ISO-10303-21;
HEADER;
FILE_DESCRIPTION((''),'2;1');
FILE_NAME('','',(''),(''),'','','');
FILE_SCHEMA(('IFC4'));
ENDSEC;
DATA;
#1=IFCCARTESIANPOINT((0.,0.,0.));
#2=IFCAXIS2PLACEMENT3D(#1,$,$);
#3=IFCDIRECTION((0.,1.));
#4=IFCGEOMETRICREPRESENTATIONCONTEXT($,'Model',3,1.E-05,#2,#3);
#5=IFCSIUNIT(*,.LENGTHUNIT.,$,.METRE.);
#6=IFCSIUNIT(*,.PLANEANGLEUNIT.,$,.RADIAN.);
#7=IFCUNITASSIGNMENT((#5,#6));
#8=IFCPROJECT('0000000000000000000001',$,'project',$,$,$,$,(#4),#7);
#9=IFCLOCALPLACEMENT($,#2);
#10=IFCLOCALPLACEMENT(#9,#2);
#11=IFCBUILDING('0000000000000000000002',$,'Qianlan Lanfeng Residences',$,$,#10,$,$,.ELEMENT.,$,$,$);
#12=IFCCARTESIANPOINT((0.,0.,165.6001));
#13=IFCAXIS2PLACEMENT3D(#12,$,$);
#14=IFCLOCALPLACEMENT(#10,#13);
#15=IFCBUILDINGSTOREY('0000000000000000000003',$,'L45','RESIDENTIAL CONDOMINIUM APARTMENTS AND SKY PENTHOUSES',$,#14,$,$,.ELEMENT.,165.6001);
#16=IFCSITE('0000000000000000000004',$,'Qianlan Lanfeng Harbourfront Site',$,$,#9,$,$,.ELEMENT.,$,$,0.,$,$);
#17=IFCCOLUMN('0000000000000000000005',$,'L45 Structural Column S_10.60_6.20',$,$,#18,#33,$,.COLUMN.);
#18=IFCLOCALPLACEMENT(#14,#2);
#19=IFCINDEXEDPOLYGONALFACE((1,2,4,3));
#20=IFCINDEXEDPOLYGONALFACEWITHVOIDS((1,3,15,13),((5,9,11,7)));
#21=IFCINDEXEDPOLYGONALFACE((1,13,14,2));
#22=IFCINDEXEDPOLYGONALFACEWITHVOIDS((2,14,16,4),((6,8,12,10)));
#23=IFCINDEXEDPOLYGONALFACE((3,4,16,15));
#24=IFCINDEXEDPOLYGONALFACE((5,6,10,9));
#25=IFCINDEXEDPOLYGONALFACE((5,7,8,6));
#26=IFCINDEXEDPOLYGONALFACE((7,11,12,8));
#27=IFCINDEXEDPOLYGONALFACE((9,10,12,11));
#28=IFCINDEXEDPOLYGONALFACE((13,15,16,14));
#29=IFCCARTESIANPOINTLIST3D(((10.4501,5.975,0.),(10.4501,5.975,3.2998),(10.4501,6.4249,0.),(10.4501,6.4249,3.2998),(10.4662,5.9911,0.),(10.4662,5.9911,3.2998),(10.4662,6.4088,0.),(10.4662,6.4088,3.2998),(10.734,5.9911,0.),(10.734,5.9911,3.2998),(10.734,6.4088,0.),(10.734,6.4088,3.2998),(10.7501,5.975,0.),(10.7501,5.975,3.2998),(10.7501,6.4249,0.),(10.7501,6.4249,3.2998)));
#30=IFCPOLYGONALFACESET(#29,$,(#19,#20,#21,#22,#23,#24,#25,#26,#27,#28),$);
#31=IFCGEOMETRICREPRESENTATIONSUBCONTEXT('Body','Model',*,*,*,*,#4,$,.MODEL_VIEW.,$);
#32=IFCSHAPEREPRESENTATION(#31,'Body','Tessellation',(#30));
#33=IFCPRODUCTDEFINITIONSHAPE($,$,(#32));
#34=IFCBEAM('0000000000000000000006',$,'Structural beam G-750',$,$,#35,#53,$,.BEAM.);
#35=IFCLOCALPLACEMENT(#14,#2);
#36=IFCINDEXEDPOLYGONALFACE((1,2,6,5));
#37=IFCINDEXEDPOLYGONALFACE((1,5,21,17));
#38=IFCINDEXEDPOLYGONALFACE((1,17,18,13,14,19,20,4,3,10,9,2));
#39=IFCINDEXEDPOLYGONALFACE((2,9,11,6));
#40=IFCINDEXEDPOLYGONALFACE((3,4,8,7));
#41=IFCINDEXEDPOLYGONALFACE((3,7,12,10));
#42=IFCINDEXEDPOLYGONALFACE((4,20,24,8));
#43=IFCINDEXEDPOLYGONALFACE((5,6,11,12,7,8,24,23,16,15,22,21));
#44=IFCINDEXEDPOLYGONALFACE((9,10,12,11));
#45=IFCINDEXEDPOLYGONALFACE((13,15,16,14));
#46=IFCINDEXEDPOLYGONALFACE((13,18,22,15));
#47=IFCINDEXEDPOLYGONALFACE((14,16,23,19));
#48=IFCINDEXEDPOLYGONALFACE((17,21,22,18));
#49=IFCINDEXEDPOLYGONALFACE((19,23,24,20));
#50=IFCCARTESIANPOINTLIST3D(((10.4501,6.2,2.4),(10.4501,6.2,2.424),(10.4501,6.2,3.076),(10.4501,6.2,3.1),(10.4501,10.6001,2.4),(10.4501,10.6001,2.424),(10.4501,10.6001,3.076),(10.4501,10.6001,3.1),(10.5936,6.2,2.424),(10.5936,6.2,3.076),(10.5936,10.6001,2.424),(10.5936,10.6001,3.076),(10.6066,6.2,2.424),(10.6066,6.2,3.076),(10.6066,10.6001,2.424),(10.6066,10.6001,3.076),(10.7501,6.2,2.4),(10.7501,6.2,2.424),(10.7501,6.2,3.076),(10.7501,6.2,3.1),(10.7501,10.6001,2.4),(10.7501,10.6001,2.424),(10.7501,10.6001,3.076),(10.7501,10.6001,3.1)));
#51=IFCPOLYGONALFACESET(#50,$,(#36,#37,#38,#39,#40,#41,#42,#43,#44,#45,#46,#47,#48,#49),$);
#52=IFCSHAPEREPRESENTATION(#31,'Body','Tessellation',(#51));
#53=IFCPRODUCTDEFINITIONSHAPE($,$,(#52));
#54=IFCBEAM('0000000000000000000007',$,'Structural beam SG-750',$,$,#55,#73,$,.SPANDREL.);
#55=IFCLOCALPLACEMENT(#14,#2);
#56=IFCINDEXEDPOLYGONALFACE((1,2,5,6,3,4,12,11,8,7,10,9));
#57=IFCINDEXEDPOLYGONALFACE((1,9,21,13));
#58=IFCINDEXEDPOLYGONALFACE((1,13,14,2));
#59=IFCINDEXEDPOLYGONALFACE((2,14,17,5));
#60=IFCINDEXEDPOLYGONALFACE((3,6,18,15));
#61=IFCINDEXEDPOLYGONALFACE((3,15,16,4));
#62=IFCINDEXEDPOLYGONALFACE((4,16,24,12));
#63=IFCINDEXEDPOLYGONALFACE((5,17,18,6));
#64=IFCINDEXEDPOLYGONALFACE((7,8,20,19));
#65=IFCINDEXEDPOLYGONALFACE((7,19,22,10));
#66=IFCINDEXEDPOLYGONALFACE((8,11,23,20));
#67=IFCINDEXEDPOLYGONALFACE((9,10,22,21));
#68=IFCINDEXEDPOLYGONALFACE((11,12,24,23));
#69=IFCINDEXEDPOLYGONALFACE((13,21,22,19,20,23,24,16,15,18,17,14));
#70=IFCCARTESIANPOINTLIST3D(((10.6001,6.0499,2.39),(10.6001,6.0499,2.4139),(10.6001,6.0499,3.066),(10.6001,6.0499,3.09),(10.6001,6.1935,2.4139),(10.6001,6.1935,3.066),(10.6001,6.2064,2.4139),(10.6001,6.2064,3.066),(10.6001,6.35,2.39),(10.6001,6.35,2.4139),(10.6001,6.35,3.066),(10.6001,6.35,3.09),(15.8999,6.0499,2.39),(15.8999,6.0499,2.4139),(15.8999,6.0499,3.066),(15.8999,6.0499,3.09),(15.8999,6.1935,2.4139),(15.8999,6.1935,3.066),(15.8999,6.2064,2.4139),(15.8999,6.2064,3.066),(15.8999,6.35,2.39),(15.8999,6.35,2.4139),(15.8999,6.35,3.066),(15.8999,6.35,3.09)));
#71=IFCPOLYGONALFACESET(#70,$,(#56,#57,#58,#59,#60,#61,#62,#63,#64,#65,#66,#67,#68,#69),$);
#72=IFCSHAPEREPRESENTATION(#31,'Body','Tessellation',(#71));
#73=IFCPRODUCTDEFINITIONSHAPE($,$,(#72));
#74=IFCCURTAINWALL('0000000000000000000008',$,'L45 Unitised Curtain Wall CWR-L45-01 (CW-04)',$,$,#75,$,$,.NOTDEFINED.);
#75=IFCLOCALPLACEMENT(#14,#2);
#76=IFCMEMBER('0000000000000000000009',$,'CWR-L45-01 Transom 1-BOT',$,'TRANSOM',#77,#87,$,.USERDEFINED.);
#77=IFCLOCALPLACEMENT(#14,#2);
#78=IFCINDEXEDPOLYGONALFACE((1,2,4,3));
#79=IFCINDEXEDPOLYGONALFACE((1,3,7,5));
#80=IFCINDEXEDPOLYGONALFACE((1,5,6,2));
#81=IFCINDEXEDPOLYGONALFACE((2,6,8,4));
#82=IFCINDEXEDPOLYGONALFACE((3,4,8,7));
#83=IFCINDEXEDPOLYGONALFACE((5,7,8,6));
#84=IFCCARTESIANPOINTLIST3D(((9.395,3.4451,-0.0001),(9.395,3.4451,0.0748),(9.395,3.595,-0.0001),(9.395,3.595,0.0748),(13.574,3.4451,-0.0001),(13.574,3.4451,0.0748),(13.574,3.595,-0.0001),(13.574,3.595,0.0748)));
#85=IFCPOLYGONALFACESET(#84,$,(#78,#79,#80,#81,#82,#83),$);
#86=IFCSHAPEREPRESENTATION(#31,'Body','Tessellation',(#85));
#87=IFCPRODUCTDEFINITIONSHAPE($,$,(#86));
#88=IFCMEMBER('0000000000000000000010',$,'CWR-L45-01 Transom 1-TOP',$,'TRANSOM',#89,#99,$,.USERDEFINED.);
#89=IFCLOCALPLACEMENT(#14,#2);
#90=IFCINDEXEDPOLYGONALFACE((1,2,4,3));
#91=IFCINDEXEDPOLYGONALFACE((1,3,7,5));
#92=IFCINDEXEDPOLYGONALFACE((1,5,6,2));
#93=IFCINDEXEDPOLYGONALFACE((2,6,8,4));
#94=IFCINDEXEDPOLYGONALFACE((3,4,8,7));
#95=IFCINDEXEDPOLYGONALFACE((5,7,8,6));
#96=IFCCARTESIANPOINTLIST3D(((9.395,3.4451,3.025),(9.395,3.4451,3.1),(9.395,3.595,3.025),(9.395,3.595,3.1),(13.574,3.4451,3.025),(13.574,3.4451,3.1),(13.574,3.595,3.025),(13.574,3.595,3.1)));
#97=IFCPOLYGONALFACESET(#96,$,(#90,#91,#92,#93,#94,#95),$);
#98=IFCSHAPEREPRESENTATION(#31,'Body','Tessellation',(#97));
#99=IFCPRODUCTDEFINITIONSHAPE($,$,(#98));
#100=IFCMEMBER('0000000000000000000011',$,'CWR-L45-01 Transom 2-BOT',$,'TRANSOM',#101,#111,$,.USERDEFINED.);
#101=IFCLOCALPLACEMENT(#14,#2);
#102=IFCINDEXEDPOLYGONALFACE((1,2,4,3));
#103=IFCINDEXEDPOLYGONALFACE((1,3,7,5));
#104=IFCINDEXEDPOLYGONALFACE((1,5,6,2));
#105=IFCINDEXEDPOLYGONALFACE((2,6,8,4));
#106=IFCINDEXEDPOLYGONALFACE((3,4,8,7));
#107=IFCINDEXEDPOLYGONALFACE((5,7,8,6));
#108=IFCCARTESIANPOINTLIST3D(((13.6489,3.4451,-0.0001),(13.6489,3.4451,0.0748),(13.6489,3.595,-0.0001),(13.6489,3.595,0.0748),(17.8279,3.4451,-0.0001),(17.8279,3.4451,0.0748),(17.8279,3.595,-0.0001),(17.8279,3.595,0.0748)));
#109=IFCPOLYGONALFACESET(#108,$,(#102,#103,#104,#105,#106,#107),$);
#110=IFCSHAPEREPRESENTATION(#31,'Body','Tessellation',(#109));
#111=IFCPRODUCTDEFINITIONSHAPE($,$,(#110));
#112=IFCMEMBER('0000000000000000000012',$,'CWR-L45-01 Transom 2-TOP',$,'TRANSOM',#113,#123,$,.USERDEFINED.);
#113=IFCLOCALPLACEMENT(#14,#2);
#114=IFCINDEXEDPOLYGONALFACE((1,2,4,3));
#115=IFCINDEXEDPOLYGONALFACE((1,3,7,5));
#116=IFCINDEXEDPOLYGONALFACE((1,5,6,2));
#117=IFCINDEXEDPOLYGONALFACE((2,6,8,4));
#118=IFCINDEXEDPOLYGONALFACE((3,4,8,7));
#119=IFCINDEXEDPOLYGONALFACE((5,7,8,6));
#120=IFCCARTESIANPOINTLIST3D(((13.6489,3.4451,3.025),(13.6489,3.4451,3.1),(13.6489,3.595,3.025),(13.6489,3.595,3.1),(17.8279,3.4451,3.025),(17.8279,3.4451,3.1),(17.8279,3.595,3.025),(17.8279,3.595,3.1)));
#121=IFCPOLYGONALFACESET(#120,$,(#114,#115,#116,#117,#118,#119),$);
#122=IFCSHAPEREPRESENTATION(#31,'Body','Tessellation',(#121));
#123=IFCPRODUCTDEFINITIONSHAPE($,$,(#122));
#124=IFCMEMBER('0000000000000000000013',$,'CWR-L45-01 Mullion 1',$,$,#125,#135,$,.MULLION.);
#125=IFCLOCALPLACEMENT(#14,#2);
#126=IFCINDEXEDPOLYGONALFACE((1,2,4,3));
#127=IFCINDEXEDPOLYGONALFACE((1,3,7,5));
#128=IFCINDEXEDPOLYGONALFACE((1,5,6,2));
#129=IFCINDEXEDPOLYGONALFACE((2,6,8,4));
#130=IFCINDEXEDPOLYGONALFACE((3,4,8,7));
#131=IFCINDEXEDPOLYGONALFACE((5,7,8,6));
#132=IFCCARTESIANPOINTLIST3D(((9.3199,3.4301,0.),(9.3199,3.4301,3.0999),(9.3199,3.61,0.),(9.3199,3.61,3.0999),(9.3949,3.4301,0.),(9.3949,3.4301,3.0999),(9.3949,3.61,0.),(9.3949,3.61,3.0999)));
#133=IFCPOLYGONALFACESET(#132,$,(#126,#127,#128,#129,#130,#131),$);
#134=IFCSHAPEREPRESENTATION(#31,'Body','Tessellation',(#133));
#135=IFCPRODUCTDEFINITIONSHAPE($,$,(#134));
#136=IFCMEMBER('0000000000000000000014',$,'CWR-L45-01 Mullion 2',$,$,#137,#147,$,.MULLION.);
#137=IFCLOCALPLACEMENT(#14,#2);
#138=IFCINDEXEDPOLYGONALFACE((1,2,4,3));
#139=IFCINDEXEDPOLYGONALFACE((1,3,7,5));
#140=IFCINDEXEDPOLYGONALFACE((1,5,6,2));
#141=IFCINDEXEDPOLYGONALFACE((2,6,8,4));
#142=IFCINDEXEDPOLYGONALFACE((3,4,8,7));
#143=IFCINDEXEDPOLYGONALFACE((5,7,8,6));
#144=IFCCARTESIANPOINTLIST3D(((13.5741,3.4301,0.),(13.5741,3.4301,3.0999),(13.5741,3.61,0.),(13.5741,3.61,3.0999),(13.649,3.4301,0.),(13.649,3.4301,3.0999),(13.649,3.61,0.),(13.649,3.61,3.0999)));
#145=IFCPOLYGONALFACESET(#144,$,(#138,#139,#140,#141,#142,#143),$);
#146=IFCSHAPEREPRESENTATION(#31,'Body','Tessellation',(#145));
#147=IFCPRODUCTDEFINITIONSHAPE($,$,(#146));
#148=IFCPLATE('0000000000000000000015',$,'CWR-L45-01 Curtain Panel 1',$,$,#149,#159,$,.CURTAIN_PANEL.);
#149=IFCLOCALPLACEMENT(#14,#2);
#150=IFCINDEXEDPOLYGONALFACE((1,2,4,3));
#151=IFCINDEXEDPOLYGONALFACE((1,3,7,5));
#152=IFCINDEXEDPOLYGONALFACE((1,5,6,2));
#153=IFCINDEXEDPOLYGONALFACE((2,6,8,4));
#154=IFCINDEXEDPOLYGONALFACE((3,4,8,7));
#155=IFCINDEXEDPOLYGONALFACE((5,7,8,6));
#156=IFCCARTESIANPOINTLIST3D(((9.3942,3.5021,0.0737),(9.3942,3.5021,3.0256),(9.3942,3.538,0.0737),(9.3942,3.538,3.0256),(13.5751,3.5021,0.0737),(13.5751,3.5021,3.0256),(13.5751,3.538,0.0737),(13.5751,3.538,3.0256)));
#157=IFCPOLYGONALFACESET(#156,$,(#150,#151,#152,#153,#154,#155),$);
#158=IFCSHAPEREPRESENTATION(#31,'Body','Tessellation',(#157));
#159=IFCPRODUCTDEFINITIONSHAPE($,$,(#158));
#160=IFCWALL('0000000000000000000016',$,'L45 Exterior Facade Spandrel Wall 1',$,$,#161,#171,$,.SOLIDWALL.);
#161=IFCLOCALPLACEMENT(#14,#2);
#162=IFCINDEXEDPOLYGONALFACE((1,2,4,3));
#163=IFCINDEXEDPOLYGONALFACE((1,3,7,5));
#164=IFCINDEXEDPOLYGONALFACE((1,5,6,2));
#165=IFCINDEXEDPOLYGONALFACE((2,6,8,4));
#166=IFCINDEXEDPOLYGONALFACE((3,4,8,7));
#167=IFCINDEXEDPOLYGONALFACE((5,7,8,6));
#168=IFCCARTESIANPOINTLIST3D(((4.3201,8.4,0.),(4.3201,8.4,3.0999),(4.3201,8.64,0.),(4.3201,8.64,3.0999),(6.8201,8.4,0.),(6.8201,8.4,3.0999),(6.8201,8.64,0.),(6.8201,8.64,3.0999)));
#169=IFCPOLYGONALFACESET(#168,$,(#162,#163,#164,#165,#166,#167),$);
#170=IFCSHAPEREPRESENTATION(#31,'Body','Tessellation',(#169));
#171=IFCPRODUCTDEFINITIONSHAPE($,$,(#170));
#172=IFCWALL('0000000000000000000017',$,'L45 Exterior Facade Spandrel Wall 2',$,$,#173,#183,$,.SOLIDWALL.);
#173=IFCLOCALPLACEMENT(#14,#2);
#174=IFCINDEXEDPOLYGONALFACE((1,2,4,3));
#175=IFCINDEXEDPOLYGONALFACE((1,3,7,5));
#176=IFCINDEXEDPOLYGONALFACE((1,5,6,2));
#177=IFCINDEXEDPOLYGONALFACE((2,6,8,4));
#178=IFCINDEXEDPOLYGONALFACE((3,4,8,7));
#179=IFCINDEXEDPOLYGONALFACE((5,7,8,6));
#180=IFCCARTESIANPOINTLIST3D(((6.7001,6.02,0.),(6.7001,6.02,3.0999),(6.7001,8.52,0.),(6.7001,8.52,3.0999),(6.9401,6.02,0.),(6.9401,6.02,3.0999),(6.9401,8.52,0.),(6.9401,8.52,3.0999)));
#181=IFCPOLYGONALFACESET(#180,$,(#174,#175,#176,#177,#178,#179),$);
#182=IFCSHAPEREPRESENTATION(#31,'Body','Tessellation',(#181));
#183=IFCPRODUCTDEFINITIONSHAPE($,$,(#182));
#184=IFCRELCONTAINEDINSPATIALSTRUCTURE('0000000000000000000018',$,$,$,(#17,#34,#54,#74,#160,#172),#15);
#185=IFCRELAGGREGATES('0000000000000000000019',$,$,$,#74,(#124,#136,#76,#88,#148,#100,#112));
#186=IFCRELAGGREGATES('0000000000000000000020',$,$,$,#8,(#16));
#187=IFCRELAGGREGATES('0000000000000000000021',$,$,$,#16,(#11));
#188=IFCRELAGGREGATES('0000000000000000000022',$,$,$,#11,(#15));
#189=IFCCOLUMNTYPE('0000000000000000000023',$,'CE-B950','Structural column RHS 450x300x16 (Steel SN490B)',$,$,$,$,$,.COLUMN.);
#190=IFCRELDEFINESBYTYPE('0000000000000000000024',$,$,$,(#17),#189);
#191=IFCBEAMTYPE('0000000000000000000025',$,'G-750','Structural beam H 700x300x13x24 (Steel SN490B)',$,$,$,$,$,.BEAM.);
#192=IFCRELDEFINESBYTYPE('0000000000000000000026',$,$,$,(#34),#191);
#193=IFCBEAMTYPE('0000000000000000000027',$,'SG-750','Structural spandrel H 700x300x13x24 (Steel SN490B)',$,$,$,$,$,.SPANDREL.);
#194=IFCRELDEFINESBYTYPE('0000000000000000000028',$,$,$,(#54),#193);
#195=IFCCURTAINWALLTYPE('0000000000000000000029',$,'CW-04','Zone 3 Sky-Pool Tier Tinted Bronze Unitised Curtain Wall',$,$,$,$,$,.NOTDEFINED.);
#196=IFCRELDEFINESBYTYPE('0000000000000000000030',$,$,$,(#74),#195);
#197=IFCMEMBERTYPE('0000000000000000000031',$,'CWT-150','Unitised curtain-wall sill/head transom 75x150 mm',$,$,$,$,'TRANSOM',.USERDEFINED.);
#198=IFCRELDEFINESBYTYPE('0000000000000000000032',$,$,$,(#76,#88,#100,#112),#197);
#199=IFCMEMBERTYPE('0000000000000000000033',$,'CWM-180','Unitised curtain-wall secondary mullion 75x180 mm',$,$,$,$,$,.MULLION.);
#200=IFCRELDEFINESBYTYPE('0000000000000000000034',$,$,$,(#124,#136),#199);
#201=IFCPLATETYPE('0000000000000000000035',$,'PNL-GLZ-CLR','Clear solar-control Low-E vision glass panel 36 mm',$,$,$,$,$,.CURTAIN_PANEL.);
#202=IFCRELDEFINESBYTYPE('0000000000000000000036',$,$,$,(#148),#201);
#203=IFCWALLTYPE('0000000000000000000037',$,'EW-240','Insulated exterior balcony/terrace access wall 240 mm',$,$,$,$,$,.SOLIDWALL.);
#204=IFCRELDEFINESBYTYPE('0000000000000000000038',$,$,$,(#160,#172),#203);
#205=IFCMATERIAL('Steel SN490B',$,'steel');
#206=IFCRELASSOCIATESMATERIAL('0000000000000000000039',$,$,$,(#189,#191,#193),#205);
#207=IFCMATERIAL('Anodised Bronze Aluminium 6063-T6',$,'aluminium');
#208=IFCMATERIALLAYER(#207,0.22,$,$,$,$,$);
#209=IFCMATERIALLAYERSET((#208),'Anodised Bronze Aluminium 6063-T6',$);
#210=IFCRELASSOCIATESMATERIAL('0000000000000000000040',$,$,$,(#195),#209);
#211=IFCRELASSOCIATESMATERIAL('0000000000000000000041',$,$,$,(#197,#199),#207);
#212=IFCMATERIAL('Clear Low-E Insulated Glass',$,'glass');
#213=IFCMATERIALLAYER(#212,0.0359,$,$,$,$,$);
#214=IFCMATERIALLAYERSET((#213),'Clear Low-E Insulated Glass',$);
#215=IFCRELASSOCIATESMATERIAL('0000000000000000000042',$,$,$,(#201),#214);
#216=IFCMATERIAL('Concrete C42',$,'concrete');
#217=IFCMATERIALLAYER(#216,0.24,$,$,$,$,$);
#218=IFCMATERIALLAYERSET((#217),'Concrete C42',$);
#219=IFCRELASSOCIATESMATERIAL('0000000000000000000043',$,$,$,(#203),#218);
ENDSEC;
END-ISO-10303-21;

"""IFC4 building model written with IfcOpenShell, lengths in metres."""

from ifc_helpers import new_model, si_unit, direction, frame, frame_2d, origin, origin_2d, place, context, subcontext, project, spatial, rectangle, hollow_rectangle, i_section, extrude, source, transform, mapped, material, layer, layer_set, material_profile, profile_set, type_object, element, aggregate, save


model = new_model("IFC4")

# Units and contexts
model_context = context("Model", 3, precision=1e-05, world=origin(), true_north=direction((0.0, 1.0)))
body_context = subcontext(model_context, "Body", "Model", "MODEL_VIEW")
ifc_project = project(units=[si_unit("LENGTHUNIT", "METRE"), si_unit("PLANEANGLEUNIT", "RADIAN")], contexts=[model_context])

# Site, building, storey
site_placement = place(None, origin())
site = spatial("IfcSite", under=ifc_project, at=site_placement, Name="Qianlan Lanfeng Harbourfront Site", CompositionType="ELEMENT", RefElevation=0.0)
building_placement = place(site_placement, origin())
building = spatial("IfcBuilding", under=site, at=building_placement, Name="Qianlan Lanfeng Residences", CompositionType="ELEMENT")
storey_placement = place(building_placement, frame((0.0, 0.0, 165.6001)))
storey = spatial("IfcBuildingStorey", under=building, at=storey_placement, Name="L45", Description="RESIDENTIAL CONDOMINIUM APARTMENTS AND SKY PENTHOUSES", CompositionType="ELEMENT", Elevation=165.6001)

# Column
ifc_material_1 = material(Name="Steel SN490B", Category="steel")
ifc_material_profile_1 = material_profile(ifc_material_1, hollow_rectangle(XDim=0.3, YDim=0.45, WallThickness=0.0161, at=origin_2d()), Name="RHS 450x300x16")
ifc_profile_set_1 = profile_set([ifc_material_profile_1], Name="Steel SN490B")
column_type = type_object("IfcColumnType", Name="CE-B950", Description="Structural column RHS 450x300x16 (Steel SN490B)", PredefinedType="COLUMN", material=ifc_profile_set_1)
column_placement = place(storey_placement, frame((10.6001, 6.2, 0.0), z_axis=(0.0, 0.0, 1.0), x_axis=(1.0, 0.0, 0.0)))
element("IfcColumn", 1, at=column_placement, inside=storey, type_object=column_type, Name="L45 Structural Column S_10.60_6.20", PredefinedType="COLUMN", context=body_context, shape_type="SweptSolid", body=[
    extrude(hollow_rectangle(XDim=0.3, YDim=0.45, WallThickness=0.0161, at=origin_2d()), origin(), (0.0, 0.0, 1.0), 3.2998),
])

# Beams
ifc_material_profile_2 = material_profile(ifc_material_1, i_section(OverallWidth=0.3, OverallDepth=0.7, WebThickness=0.0129, FlangeThickness=0.0239, at=origin_2d()), Name="H 700x300x13x24")
ifc_profile_set_2 = profile_set([ifc_material_profile_2], Name="Steel SN490B")
beam_type_1 = type_object("IfcBeamType", Name="G-750", Description="Structural beam H 700x300x13x24 (Steel SN490B)", PredefinedType="BEAM", material=ifc_profile_set_2)
beam_1_placement = place(storey_placement, frame((10.6001, 6.2, 2.75), z_axis=(0.0, 1.0, 0.0), x_axis=(-1.0, 0.0, 0.0)))
element("IfcBeam", 2, at=beam_1_placement, inside=storey, type_object=beam_type_1, Name="Structural beam G-750", PredefinedType="BEAM", context=body_context, shape_type="SweptSolid", body=[
    extrude(i_section(OverallWidth=0.3, OverallDepth=0.7, WebThickness=0.0129, FlangeThickness=0.0239, at=origin_2d()), origin(), (0.0, 0.0, 1.0), 4.4001),
])
ifc_material_profile_3 = material_profile(ifc_material_1, i_section(OverallWidth=0.3, OverallDepth=0.7, WebThickness=0.0129, FlangeThickness=0.0239, at=origin_2d()), Name="H 700x300x13x24")
ifc_profile_set_3 = profile_set([ifc_material_profile_3], Name="Steel SN490B")
beam_type_2 = type_object("IfcBeamType", Name="SG-750", Description="Structural spandrel H 700x300x13x24 (Steel SN490B)", PredefinedType="SPANDREL", material=ifc_profile_set_3)
beam_2_placement = place(storey_placement, frame((10.6001, 6.2, 2.74), z_axis=(1.0, 0.0, 0.0), x_axis=(0.0, 1.0, 0.0)))
element("IfcBeam", 3, at=beam_2_placement, inside=storey, type_object=beam_type_2, Name="Structural beam SG-750", PredefinedType="SPANDREL", context=body_context, shape_type="SweptSolid", body=[
    extrude(i_section(OverallWidth=0.3, OverallDepth=0.7, WebThickness=0.0129, FlangeThickness=0.0239, at=origin_2d()), origin(), (0.0, 0.0, 1.0), 5.2998),
])

# Curtain wall, members, plate
ifc_material_2 = material(Name="Anodised Bronze Aluminium 6063-T6", Category="aluminium")
ifc_layer_1 = layer(ifc_material_2, 0.22)
ifc_layer_set_1 = layer_set([ifc_layer_1], Name="Anodised Bronze Aluminium 6063-T6")
curtain_wall_type = type_object("IfcCurtainWallType", Name="CW-04", Description="Zone 3 Sky-Pool Tier Tinted Bronze Unitised Curtain Wall", PredefinedType="NOTDEFINED", material=ifc_layer_set_1)
curtain_wall_placement = place(storey_placement, origin())
curtain_wall = element("IfcCurtainWall", 4, at=curtain_wall_placement, inside=storey, type_object=curtain_wall_type, Name="L45 Unitised Curtain Wall CWR-L45-01 (CW-04)", PredefinedType="NOTDEFINED")
ifc_material_profile_4 = material_profile(ifc_material_2, rectangle(XDim=0.075, YDim=0.1499, at=origin_2d()), Name="ALU TRANSOM 75x150")
ifc_profile_set_4 = profile_set([ifc_material_profile_4], Name="Anodised Bronze Aluminium 6063-T6")
member_type_1 = type_object("IfcMemberType", Name="CWT-150", Description="Unitised curtain-wall sill/head transom 75x150 mm", ElementType="TRANSOM", PredefinedType="USERDEFINED", material=ifc_profile_set_4)
shared_shape_1 = source(origin(), body_context, "Body", "SweptSolid", [
    extrude(rectangle(XDim=0.075, YDim=0.1499, at=origin_2d()), origin(), (0.0, 0.0, 1.0), 4.179),
])
member_1_placement = place(storey_placement, frame((9.395, 3.52, 0.0374), z_axis=(1.0, 0.0, 0.0), x_axis=(0.0, 0.0, 1.0)))
member_1 = element("IfcMember", 5, at=member_1_placement, type_object=member_type_1, Name="CWR-L45-01 Transom 1-BOT", ObjectType="TRANSOM", PredefinedType="USERDEFINED", context=body_context, shape_type="MappedRepresentation", body=[
    mapped(shared_shape_1, transform((0.0, 0.0, 0.0), scale=1.0)),
])
member_2_placement = place(storey_placement, frame((9.395, 3.52, 3.0625), z_axis=(1.0, 0.0, 0.0), x_axis=(0.0, 0.0, 1.0)))
member_2 = element("IfcMember", 6, at=member_2_placement, type_object=member_type_1, Name="CWR-L45-01 Transom 1-TOP", ObjectType="TRANSOM", PredefinedType="USERDEFINED", context=body_context, shape_type="MappedRepresentation", body=[
    mapped(shared_shape_1, transform((0.0, 0.0, 0.0), scale=1.0)),
])
member_3_placement = place(storey_placement, frame((13.6489, 3.52, 0.0374), z_axis=(1.0, 0.0, 0.0), x_axis=(0.0, 0.0, 1.0)))
member_3 = element("IfcMember", 7, at=member_3_placement, type_object=member_type_1, Name="CWR-L45-01 Transom 2-BOT", ObjectType="TRANSOM", PredefinedType="USERDEFINED", context=body_context, shape_type="MappedRepresentation", body=[
    mapped(shared_shape_1, transform((0.0, 0.0, 0.0), scale=1.0)),
])
member_4_placement = place(storey_placement, frame((13.6489, 3.52, 3.0625), z_axis=(1.0, 0.0, 0.0), x_axis=(0.0, 0.0, 1.0)))
member_4 = element("IfcMember", 8, at=member_4_placement, type_object=member_type_1, Name="CWR-L45-01 Transom 2-TOP", ObjectType="TRANSOM", PredefinedType="USERDEFINED", context=body_context, shape_type="MappedRepresentation", body=[
    mapped(shared_shape_1, transform((0.0, 0.0, 0.0), scale=1.0)),
])
ifc_material_profile_5 = material_profile(ifc_material_2, rectangle(XDim=0.075, YDim=0.1799, at=origin_2d()), Name="ALU MULLION 75x180")
ifc_profile_set_5 = profile_set([ifc_material_profile_5], Name="Anodised Bronze Aluminium 6063-T6")
member_type_2 = type_object("IfcMemberType", Name="CWM-180", Description="Unitised curtain-wall secondary mullion 75x180 mm", PredefinedType="MULLION", material=ifc_profile_set_5)
shared_shape_2 = source(origin(), body_context, "Body", "SweptSolid", [
    extrude(rectangle(XDim=0.075, YDim=0.1799, at=origin_2d()), origin(), (0.0, 0.0, 1.0), 3.0999),
])
member_5_placement = place(storey_placement, frame((9.3574, 3.52, 0.0), z_axis=(0.0, 0.0, 1.0), x_axis=(1.0, 0.0, 0.0)))
member_5 = element("IfcMember", 9, at=member_5_placement, type_object=member_type_2, Name="CWR-L45-01 Mullion 1", PredefinedType="MULLION", context=body_context, shape_type="MappedRepresentation", body=[
    mapped(shared_shape_2, transform((0.0, 0.0, 0.0), scale=1.0)),
])
member_6_placement = place(storey_placement, frame((13.6116, 3.52, 0.0), z_axis=(0.0, 0.0, 1.0), x_axis=(1.0, 0.0, 0.0)))
member_6 = element("IfcMember", 10, at=member_6_placement, type_object=member_type_2, Name="CWR-L45-01 Mullion 2", PredefinedType="MULLION", context=body_context, shape_type="MappedRepresentation", body=[
    mapped(shared_shape_2, transform((0.0, 0.0, 0.0), scale=1.0)),
])
ifc_material_3 = material(Name="Clear Low-E Insulated Glass", Category="glass")
ifc_layer_2 = layer(ifc_material_3, 0.0359)
ifc_layer_set_2 = layer_set([ifc_layer_2], Name="Clear Low-E Insulated Glass")
plate_type = type_object("IfcPlateType", Name="PNL-GLZ-CLR", Description="Clear solar-control Low-E vision glass panel 36 mm", PredefinedType="CURTAIN_PANEL", material=ifc_layer_set_2)
shared_shape_3 = source(origin(), body_context, "Body", "SweptSolid", [
    extrude(rectangle(XDim=4.1809, YDim=0.0359, at=origin_2d()), origin(), (0.0, 0.0, 1.0), 2.9519),
])
plate_placement = place(storey_placement, frame((11.4846, 3.52, 0.0737), z_axis=(0.0, 0.0, 1.0), x_axis=(1.0, 0.0, 0.0)))
plate = element("IfcPlate", 11, at=plate_placement, type_object=plate_type, Name="CWR-L45-01 Curtain Panel 1", PredefinedType="CURTAIN_PANEL", context=body_context, shape_type="MappedRepresentation", body=[
    mapped(shared_shape_3, transform((0.0, 0.0, 0.0), scale=1.0)),
])
aggregate(curtain_wall, [member_5, member_6, member_1, member_2, plate, member_3, member_4])

# Walls
ifc_material_4 = material(Name="Concrete C42", Category="concrete")
ifc_layer_3 = layer(ifc_material_4, 0.24)
ifc_layer_set_3 = layer_set([ifc_layer_3], Name="Concrete C42")
wall_type_1 = type_object("IfcWallType", Name="EW-240", Description="Insulated exterior balcony/terrace access wall 240 mm", PredefinedType="SOLIDWALL", material=ifc_layer_set_3)
for number, where, z_axis, x_axis, name in (
    (12, (4.3201, 8.52, 0.0), (0.0, 0.0, 1.0), (1.0, 0.0, 0.0), "L45 Exterior Facade Spandrel Wall 1"),
    (13, (6.8201, 8.52, 0.0), (0.0, 0.0, 1.0), (0.0, -1.0, 0.0), "L45 Exterior Facade Spandrel Wall 2"),
):
    element("IfcWall", number, at=place(storey_placement, frame(where, z_axis=z_axis, x_axis=x_axis)), inside=storey, type_object=wall_type_1, Name=name, PredefinedType="SOLIDWALL", context=body_context, shape_type="SweptSolid", body=[
        extrude(rectangle(XDim=2.5, YDim=0.24, at=frame_2d((1.25, 0.0))), origin(), (0.0, 0.0, 1.0), 3.0999),
    ])

save(model, "model.ifc")
